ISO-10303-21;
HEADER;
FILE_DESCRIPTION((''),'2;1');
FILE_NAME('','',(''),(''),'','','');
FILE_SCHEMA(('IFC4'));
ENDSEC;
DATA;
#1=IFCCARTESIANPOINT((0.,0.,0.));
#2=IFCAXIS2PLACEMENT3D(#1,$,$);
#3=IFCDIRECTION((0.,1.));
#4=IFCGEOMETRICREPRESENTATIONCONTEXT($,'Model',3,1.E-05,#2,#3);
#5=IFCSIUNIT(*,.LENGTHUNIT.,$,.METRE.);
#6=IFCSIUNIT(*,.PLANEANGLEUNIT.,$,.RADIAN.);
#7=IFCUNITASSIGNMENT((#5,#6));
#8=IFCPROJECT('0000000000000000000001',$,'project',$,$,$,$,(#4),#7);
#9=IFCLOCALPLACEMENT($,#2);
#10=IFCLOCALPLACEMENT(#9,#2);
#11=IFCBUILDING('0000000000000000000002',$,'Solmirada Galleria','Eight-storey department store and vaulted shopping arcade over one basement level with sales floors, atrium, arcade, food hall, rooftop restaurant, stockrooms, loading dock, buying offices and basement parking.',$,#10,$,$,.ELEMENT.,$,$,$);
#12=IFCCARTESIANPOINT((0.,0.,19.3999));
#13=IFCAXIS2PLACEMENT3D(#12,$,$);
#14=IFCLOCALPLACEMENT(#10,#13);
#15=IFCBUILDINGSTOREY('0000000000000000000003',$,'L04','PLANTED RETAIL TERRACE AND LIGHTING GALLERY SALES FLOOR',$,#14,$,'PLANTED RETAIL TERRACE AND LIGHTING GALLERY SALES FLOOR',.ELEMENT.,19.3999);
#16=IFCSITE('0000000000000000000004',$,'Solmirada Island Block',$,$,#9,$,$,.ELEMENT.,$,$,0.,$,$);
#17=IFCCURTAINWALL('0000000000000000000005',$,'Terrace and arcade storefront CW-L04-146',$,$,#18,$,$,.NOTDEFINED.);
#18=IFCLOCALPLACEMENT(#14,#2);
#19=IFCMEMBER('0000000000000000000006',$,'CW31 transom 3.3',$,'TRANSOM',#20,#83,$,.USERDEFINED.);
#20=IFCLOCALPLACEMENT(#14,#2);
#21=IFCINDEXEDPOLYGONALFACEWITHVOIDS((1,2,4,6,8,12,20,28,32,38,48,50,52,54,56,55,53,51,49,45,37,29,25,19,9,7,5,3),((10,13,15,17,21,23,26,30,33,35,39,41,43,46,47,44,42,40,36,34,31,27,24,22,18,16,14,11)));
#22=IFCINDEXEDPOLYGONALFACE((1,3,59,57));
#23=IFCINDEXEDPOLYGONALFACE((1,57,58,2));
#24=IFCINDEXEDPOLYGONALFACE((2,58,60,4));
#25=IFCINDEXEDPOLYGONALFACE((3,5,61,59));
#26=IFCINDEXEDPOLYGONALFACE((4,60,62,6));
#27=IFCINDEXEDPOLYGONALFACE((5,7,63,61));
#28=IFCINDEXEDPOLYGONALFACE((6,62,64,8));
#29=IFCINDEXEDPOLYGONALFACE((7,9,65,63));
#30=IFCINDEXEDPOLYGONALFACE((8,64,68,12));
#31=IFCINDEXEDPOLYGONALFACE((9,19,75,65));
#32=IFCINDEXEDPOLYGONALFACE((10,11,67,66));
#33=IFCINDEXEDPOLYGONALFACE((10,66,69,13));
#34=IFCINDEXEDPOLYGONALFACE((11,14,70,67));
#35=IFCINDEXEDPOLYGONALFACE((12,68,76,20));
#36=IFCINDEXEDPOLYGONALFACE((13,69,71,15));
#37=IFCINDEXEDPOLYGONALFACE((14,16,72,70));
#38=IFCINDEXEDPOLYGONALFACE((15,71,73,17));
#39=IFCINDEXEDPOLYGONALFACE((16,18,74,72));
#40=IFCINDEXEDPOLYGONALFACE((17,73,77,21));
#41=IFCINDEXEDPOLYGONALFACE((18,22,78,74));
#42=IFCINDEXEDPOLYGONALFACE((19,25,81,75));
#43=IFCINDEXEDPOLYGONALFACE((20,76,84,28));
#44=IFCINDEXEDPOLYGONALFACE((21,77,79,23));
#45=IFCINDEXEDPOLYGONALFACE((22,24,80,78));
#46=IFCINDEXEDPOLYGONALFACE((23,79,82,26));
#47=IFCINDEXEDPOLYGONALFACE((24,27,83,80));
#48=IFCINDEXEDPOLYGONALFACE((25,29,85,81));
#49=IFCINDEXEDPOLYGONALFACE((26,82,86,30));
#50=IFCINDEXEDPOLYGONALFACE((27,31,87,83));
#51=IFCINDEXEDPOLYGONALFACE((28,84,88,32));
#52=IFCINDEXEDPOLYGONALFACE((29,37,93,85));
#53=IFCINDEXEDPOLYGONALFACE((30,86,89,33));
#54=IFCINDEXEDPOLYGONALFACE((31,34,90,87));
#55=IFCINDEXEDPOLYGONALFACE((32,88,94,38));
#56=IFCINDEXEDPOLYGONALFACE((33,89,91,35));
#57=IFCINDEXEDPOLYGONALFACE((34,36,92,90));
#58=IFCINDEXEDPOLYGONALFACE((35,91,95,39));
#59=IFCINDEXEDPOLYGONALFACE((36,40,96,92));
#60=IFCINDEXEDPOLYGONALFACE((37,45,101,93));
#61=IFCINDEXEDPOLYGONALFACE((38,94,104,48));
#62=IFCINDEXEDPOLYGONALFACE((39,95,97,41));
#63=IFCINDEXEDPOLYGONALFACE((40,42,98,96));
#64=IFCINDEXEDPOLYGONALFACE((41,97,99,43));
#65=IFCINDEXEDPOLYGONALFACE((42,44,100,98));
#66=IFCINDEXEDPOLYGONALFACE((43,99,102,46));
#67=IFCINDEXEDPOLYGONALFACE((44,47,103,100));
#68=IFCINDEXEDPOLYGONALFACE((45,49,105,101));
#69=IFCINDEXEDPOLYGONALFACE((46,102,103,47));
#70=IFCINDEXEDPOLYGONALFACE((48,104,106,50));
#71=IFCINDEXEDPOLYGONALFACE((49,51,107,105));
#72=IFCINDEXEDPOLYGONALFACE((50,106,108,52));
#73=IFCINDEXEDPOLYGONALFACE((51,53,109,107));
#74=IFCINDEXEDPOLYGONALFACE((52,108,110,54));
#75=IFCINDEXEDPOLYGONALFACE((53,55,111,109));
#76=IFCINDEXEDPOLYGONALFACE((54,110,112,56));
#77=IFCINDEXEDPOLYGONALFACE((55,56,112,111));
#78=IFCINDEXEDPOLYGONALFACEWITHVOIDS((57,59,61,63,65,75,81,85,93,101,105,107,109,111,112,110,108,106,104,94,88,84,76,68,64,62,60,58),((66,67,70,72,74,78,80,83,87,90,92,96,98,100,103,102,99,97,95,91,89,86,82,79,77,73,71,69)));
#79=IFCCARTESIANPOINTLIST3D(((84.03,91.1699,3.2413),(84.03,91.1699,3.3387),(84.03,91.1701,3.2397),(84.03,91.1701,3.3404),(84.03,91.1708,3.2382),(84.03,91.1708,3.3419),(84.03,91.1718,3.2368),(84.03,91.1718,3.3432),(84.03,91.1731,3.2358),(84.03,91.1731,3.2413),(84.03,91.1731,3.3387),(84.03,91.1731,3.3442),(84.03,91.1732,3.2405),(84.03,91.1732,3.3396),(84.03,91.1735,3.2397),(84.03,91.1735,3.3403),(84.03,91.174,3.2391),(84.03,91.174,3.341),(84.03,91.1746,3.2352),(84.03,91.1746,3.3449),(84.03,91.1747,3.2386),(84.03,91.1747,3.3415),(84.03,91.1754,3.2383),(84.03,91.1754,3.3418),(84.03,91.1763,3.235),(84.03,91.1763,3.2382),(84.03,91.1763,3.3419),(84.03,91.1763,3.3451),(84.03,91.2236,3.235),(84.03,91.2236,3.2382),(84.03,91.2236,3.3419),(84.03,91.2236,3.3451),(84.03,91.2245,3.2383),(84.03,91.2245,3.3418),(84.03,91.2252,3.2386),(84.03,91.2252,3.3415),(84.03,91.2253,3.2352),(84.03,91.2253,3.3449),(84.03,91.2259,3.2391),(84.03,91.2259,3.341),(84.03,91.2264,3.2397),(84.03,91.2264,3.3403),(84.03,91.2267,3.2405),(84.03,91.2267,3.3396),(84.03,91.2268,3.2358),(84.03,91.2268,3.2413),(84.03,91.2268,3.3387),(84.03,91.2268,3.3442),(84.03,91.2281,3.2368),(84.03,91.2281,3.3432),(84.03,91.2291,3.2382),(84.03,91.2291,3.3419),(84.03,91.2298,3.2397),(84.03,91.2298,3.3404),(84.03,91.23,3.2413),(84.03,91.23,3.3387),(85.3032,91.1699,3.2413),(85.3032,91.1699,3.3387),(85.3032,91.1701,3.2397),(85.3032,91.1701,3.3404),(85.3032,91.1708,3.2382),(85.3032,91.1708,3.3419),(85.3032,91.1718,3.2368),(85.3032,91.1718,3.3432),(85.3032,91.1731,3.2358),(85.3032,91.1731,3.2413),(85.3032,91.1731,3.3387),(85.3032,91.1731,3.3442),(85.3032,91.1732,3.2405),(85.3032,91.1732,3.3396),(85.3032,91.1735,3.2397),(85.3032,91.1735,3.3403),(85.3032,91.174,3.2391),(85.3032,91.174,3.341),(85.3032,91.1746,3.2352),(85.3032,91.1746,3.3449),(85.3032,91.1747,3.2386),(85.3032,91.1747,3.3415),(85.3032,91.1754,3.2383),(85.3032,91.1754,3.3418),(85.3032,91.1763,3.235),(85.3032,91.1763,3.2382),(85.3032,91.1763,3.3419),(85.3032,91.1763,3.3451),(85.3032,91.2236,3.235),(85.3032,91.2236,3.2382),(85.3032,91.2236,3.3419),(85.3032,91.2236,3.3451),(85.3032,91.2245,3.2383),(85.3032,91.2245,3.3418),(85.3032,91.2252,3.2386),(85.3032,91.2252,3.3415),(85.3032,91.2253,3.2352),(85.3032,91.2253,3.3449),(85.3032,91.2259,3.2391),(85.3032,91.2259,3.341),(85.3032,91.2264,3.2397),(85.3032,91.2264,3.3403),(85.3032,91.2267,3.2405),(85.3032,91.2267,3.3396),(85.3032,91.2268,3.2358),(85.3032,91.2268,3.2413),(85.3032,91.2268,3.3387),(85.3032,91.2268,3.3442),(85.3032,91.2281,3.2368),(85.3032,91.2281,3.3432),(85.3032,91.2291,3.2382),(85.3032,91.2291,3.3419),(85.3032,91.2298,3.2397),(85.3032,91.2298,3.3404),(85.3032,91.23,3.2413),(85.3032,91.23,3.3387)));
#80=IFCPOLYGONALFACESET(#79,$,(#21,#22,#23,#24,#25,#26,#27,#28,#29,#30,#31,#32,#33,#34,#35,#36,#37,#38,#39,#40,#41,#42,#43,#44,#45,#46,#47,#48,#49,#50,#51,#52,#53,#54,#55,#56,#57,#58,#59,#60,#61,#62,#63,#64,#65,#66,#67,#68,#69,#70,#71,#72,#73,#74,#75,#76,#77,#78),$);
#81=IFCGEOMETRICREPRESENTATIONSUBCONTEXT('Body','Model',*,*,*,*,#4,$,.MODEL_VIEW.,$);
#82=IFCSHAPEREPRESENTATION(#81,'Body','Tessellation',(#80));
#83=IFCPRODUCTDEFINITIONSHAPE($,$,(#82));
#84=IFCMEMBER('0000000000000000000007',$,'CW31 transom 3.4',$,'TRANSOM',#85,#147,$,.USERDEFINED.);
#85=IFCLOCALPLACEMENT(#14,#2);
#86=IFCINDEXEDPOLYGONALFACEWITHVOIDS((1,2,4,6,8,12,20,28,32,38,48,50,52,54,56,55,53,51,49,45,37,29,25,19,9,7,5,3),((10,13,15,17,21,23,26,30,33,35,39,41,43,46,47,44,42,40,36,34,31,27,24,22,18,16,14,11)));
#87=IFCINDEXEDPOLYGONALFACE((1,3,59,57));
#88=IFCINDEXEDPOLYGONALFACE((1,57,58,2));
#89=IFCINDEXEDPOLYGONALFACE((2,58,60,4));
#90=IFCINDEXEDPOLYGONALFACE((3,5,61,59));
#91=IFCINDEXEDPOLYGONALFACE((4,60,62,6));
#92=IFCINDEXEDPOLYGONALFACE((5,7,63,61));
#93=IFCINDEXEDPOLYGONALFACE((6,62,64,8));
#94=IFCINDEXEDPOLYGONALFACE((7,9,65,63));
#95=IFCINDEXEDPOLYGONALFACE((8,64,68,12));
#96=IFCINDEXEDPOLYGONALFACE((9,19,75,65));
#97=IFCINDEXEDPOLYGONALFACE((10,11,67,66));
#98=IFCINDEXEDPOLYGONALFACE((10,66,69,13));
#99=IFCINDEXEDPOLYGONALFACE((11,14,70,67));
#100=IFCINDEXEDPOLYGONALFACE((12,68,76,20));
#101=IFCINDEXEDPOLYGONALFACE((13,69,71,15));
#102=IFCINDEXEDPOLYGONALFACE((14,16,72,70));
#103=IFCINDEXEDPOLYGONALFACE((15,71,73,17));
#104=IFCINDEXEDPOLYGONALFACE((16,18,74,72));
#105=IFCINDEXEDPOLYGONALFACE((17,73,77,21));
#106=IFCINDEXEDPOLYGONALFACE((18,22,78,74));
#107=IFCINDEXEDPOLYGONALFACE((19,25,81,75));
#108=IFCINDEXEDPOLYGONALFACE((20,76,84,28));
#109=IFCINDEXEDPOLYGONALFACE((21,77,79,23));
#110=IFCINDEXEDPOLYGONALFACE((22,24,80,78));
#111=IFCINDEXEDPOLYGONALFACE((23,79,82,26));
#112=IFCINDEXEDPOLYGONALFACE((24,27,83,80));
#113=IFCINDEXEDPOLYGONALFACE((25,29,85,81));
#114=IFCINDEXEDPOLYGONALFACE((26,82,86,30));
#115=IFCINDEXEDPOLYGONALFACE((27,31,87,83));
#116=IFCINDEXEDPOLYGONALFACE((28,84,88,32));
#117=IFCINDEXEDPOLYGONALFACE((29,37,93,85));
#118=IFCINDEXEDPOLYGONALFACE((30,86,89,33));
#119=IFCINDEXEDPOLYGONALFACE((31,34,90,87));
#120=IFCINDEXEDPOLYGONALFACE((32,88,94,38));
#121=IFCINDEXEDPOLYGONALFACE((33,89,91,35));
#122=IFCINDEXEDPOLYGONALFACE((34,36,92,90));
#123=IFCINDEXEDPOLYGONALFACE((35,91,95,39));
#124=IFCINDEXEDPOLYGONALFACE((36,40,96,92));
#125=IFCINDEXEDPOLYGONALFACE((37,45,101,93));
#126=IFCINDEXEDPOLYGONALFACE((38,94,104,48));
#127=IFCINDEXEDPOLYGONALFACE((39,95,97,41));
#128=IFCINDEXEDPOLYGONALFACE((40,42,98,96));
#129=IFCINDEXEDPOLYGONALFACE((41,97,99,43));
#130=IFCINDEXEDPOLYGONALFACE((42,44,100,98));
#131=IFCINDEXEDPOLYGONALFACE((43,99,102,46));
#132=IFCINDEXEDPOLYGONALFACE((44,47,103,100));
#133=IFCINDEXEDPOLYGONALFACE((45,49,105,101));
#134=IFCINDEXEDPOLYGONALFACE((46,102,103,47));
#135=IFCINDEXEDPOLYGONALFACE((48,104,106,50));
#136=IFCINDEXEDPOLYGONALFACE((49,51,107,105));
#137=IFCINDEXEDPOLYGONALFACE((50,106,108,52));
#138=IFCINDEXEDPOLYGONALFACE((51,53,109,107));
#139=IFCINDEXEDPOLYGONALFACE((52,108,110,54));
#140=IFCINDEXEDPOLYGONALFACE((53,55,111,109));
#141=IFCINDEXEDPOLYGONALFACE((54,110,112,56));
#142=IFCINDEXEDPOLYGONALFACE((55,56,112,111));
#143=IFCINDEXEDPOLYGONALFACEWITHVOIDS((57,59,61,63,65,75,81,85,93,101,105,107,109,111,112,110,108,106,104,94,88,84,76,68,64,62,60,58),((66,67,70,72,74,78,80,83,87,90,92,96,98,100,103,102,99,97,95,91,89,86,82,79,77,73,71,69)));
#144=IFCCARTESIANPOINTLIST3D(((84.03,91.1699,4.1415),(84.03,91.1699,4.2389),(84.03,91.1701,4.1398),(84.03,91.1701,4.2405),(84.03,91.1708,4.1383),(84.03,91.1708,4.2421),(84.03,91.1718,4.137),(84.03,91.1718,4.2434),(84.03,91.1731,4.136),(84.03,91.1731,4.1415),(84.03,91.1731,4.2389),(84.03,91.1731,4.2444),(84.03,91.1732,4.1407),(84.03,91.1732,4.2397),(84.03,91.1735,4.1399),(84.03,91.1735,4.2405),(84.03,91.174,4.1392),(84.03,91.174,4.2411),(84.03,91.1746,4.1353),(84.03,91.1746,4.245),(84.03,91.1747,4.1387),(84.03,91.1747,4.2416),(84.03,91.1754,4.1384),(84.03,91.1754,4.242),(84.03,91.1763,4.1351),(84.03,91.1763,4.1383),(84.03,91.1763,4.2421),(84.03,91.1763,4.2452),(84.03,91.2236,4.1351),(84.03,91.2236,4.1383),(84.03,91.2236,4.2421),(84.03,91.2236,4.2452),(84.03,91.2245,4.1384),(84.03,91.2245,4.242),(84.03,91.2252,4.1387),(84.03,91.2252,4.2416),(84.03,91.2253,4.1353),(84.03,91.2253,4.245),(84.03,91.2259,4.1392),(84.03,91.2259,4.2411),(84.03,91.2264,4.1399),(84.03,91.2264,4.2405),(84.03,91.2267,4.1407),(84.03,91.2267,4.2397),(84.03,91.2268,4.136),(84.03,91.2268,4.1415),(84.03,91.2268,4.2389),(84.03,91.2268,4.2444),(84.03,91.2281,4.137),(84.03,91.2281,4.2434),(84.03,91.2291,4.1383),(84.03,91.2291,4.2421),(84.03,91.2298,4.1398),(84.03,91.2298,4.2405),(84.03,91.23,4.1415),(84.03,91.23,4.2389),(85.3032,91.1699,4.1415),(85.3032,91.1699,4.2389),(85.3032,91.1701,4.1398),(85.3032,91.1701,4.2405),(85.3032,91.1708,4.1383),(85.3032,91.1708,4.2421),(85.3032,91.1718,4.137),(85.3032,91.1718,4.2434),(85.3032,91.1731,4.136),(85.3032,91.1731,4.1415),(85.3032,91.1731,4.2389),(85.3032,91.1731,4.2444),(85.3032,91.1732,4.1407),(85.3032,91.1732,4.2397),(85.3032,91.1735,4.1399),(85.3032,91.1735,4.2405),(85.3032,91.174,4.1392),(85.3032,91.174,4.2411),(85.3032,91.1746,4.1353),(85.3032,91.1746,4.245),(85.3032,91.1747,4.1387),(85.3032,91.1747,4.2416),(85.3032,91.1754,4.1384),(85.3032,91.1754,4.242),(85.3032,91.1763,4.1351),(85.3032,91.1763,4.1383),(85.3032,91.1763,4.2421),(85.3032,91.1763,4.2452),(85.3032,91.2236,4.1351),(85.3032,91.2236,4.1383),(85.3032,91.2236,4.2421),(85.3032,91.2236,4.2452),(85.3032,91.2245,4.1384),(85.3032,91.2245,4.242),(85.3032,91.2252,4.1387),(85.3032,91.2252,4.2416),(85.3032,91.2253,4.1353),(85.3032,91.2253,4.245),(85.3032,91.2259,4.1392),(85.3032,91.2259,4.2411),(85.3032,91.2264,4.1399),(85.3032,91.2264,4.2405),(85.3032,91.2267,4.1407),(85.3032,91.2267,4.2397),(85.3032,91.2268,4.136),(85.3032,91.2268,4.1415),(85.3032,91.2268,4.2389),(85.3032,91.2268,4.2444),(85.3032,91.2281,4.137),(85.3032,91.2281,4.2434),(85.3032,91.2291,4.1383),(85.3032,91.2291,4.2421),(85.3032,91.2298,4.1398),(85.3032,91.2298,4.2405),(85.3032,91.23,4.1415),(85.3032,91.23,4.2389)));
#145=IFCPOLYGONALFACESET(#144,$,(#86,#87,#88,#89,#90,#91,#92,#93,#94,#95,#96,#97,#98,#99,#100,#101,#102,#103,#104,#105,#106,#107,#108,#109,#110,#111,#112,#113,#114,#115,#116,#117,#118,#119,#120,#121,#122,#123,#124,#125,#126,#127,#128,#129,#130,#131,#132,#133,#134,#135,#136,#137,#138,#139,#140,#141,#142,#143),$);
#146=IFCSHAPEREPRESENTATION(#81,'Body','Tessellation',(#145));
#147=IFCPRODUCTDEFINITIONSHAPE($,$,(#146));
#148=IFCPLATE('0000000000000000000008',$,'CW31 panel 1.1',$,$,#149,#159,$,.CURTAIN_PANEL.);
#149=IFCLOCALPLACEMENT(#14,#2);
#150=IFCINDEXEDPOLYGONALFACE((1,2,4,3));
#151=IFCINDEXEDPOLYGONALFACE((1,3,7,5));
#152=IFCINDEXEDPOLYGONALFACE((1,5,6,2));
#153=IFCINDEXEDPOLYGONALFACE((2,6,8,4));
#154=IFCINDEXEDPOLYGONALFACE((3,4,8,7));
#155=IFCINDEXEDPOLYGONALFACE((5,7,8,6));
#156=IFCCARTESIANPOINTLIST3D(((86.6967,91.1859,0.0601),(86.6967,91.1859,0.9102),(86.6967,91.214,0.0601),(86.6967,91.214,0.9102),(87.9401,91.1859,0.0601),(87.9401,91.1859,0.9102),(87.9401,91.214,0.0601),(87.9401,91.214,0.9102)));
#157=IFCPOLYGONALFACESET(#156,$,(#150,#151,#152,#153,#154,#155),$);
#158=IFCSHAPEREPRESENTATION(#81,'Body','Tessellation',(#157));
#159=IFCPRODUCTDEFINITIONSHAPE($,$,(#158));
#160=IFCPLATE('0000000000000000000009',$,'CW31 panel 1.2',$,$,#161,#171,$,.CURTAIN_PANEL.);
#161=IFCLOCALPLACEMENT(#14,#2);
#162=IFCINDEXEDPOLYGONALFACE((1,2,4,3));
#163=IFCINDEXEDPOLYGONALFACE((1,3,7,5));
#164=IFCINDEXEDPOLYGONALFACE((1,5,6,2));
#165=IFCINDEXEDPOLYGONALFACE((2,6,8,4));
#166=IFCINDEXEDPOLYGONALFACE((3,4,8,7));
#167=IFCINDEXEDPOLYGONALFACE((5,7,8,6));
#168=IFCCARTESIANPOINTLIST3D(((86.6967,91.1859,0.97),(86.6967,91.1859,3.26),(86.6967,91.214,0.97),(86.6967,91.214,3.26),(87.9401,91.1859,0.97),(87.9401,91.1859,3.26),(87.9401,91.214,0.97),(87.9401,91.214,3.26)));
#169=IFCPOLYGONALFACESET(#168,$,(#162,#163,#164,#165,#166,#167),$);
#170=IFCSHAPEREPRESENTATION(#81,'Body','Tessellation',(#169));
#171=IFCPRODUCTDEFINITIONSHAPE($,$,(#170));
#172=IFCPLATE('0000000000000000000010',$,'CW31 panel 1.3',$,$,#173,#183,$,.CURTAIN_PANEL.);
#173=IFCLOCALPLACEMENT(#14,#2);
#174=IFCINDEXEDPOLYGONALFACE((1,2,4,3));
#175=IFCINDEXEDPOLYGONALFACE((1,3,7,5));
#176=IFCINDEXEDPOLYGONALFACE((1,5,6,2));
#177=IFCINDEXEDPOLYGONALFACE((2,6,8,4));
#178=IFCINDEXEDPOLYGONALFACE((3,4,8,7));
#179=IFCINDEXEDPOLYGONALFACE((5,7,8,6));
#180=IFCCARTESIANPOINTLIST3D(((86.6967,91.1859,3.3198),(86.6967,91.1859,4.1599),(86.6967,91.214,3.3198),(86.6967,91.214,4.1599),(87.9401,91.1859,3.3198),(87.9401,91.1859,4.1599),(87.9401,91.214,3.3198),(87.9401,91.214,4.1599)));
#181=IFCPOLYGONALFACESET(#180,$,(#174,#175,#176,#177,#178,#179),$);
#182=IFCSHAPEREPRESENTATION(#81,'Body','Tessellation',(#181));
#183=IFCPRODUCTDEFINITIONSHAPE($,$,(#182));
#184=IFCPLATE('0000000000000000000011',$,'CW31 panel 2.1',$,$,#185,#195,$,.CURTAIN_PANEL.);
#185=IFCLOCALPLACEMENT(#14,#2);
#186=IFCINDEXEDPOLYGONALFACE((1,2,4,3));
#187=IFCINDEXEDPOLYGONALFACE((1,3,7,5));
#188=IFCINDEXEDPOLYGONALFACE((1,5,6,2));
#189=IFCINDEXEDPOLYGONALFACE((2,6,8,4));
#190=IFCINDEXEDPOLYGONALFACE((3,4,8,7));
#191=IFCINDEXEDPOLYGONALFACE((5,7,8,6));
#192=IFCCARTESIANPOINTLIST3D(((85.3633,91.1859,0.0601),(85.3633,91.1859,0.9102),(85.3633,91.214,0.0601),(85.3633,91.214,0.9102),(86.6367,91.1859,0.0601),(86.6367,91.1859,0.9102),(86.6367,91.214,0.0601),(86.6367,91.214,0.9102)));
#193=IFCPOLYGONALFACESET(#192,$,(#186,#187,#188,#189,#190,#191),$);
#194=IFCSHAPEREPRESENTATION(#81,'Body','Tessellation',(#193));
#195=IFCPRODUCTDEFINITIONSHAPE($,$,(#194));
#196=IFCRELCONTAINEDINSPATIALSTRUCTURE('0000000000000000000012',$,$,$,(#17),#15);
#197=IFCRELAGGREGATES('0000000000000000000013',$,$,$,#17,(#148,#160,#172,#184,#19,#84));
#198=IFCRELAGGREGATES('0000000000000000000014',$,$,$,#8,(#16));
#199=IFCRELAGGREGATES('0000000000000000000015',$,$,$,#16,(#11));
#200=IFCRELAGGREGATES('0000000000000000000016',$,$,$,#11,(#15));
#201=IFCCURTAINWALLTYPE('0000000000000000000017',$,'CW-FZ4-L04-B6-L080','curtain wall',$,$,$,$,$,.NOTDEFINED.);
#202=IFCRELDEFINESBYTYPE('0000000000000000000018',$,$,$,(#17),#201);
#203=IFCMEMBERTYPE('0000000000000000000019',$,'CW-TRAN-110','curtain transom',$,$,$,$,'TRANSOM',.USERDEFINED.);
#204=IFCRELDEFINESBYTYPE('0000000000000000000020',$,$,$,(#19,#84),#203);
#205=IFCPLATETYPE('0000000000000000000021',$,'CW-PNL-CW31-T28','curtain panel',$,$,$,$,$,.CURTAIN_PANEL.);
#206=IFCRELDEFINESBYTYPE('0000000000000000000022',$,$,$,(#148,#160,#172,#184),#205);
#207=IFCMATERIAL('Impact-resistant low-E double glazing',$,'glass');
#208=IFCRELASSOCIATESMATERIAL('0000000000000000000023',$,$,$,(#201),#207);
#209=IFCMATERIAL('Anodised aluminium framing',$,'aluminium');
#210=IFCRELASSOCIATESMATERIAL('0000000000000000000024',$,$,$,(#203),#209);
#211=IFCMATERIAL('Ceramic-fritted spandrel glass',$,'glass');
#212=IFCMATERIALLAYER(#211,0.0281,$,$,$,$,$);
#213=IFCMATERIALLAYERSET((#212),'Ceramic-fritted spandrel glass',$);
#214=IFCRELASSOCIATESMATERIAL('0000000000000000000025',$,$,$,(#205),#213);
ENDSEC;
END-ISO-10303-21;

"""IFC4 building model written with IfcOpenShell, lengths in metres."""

from ifc_helpers import new_model, si_unit, direction, frame, origin, origin_2d, place, context, subcontext, project, spatial, rectangle, hollow_rectangle, extrude, material, layer, layer_set, material_profile, profile_set, type_object, element, aggregate, save


model = new_model("IFC4")

# Units and contexts
model_context = context("Model", 3, precision=1e-05, world=origin(), true_north=direction((0.0, 1.0)))
body_context = subcontext(model_context, "Body", "Model", "MODEL_VIEW")
ifc_project = project(units=[si_unit("LENGTHUNIT", "METRE"), si_unit("PLANEANGLEUNIT", "RADIAN")], contexts=[model_context])

# Site, building, storey
site_placement = place(None, origin())
site = spatial("IfcSite", under=ifc_project, at=site_placement, Name="Solmirada Island Block", CompositionType="ELEMENT", RefElevation=0.0)
building_placement = place(site_placement, origin())
building = spatial("IfcBuilding", under=site, at=building_placement, Name="Solmirada Galleria", Description="Eight-storey department store and vaulted shopping arcade over one basement level with sales floors, atrium, arcade, food hall, rooftop restaurant, stockrooms, loading dock, buying offices and basement parking.", CompositionType="ELEMENT")
storey_placement = place(building_placement, frame((0.0, 0.0, 19.3999)))
storey = spatial("IfcBuildingStorey", under=building, at=storey_placement, Name="L04", Description="PLANTED RETAIL TERRACE AND LIGHTING GALLERY SALES FLOOR", LongName="PLANTED RETAIL TERRACE AND LIGHTING GALLERY SALES FLOOR", CompositionType="ELEMENT", Elevation=19.3999)

# Curtain wall
ifc_material_1 = material(Name="Impact-resistant low-E double glazing", Category="glass")
curtain_wall_type = type_object("IfcCurtainWallType", Name="CW-FZ4-L04-B6-L080", Description="curtain wall", PredefinedType="NOTDEFINED", material=ifc_material_1)
curtain_wall_1_placement = place(storey_placement, origin())
curtain_wall_1 = element("IfcCurtainWall", 1, at=curtain_wall_1_placement, inside=storey, type_object=curtain_wall_type, Name="Terrace and arcade storefront CW-L04-146", PredefinedType="NOTDEFINED")
ifc_material_2 = material(Name="Anodised aluminium framing", Category="aluminium")

# Members
ifc_material_profile_1 = material_profile(ifc_material_2, hollow_rectangle(XDim=0.0601, YDim=0.1101, WallThickness=0.0032, InnerFilletRadius=0.0032, OuterFilletRadius=0.0063, at=origin_2d()), Name="ALU-TRAN-110X60")
ifc_profile_set_1 = profile_set([ifc_material_profile_1], Name="Anodised aluminium framing")
member_type_1 = type_object("IfcMemberType", Name="CW-TRAN-110", Description="curtain transom", ElementType="TRANSOM", PredefinedType="USERDEFINED", material=ifc_profile_set_1)
member_1_placement = place(storey_placement, frame((85.3032, 91.2, 3.29), z_axis=(-1.0, 0.0, 0.0), x_axis=(0.0, -1.0, 0.0)))
member_1 = element("IfcMember", 2, at=member_1_placement, type_object=member_type_1, Name="CW31 transom 3.3", ObjectType="TRANSOM", PredefinedType="USERDEFINED", context=body_context, shape_type="SweptSolid", body=[
    extrude(hollow_rectangle(XDim=0.0601, YDim=0.1101, WallThickness=0.0032, InnerFilletRadius=0.0032, OuterFilletRadius=0.0063, at=origin_2d()), origin(), (0.0, 0.0, 1.0), 1.2732),
])
member_2_placement = place(storey_placement, frame((85.3032, 91.2, 4.1902), z_axis=(-1.0, 0.0, 0.0), x_axis=(0.0, -1.0, 0.0)))
member_2 = element("IfcMember", 3, at=member_2_placement, type_object=member_type_1, Name="CW31 transom 3.4", ObjectType="TRANSOM", PredefinedType="USERDEFINED", context=body_context, shape_type="SweptSolid", body=[
    extrude(hollow_rectangle(XDim=0.0601, YDim=0.1101, WallThickness=0.0032, InnerFilletRadius=0.0032, OuterFilletRadius=0.0063, at=origin_2d()), origin(), (0.0, 0.0, 1.0), 1.2732),
])

# Plates
ifc_material_3 = material(Name="Ceramic-fritted spandrel glass", Category="glass")
ifc_layer_1 = layer(ifc_material_3, 0.0281)
ifc_layer_set_1 = layer_set([ifc_layer_1], Name="Ceramic-fritted spandrel glass")
plate_type = type_object("IfcPlateType", Name="CW-PNL-CW31-T28", Description="curtain panel", PredefinedType="CURTAIN_PANEL", material=ifc_layer_set_1)
plate_1_placement = place(storey_placement, frame((87.3184, 91.2, 0.0601), z_axis=(0.0, 0.0, 1.0), x_axis=(-1.0, 0.0, 0.0)))
plate_1 = element("IfcPlate", 4, at=plate_1_placement, type_object=plate_type, Name="CW31 panel 1.1", PredefinedType="CURTAIN_PANEL", context=body_context, shape_type="SweptSolid", body=[
    extrude(rectangle(XDim=1.2434, YDim=0.0281, at=origin_2d()), origin(), (0.0, 0.0, 1.0), 0.8501),
])
plate_2_placement = place(storey_placement, frame((87.3184, 91.2, 0.97), z_axis=(0.0, 0.0, 1.0), x_axis=(-1.0, 0.0, 0.0)))
plate_2 = element("IfcPlate", 5, at=plate_2_placement, type_object=plate_type, Name="CW31 panel 1.2", PredefinedType="CURTAIN_PANEL", context=body_context, shape_type="SweptSolid", body=[
    extrude(rectangle(XDim=1.2434, YDim=0.0281, at=origin_2d()), origin(), (0.0, 0.0, 1.0), 2.29),
])
plate_3_placement = place(storey_placement, frame((87.3184, 91.2, 3.3198), z_axis=(0.0, 0.0, 1.0), x_axis=(-1.0, 0.0, 0.0)))
plate_3 = element("IfcPlate", 6, at=plate_3_placement, type_object=plate_type, Name="CW31 panel 1.3", PredefinedType="CURTAIN_PANEL", context=body_context, shape_type="SweptSolid", body=[
    extrude(rectangle(XDim=1.2434, YDim=0.0281, at=origin_2d()), origin(), (0.0, 0.0, 1.0), 0.8401),
])
plate_4_placement = place(storey_placement, frame((86.0, 91.2, 0.0601), z_axis=(0.0, 0.0, 1.0), x_axis=(-1.0, 0.0, 0.0)))
plate_4 = element("IfcPlate", 7, at=plate_4_placement, type_object=plate_type, Name="CW31 panel 2.1", PredefinedType="CURTAIN_PANEL", context=body_context, shape_type="SweptSolid", body=[
    extrude(rectangle(XDim=1.2734, YDim=0.0281, at=origin_2d()), origin(), (0.0, 0.0, 1.0), 0.8501),
])
aggregate(curtain_wall_1, [plate_1, plate_2, plate_3, plate_4, member_1, member_2])

save(model, "model.ifc")
